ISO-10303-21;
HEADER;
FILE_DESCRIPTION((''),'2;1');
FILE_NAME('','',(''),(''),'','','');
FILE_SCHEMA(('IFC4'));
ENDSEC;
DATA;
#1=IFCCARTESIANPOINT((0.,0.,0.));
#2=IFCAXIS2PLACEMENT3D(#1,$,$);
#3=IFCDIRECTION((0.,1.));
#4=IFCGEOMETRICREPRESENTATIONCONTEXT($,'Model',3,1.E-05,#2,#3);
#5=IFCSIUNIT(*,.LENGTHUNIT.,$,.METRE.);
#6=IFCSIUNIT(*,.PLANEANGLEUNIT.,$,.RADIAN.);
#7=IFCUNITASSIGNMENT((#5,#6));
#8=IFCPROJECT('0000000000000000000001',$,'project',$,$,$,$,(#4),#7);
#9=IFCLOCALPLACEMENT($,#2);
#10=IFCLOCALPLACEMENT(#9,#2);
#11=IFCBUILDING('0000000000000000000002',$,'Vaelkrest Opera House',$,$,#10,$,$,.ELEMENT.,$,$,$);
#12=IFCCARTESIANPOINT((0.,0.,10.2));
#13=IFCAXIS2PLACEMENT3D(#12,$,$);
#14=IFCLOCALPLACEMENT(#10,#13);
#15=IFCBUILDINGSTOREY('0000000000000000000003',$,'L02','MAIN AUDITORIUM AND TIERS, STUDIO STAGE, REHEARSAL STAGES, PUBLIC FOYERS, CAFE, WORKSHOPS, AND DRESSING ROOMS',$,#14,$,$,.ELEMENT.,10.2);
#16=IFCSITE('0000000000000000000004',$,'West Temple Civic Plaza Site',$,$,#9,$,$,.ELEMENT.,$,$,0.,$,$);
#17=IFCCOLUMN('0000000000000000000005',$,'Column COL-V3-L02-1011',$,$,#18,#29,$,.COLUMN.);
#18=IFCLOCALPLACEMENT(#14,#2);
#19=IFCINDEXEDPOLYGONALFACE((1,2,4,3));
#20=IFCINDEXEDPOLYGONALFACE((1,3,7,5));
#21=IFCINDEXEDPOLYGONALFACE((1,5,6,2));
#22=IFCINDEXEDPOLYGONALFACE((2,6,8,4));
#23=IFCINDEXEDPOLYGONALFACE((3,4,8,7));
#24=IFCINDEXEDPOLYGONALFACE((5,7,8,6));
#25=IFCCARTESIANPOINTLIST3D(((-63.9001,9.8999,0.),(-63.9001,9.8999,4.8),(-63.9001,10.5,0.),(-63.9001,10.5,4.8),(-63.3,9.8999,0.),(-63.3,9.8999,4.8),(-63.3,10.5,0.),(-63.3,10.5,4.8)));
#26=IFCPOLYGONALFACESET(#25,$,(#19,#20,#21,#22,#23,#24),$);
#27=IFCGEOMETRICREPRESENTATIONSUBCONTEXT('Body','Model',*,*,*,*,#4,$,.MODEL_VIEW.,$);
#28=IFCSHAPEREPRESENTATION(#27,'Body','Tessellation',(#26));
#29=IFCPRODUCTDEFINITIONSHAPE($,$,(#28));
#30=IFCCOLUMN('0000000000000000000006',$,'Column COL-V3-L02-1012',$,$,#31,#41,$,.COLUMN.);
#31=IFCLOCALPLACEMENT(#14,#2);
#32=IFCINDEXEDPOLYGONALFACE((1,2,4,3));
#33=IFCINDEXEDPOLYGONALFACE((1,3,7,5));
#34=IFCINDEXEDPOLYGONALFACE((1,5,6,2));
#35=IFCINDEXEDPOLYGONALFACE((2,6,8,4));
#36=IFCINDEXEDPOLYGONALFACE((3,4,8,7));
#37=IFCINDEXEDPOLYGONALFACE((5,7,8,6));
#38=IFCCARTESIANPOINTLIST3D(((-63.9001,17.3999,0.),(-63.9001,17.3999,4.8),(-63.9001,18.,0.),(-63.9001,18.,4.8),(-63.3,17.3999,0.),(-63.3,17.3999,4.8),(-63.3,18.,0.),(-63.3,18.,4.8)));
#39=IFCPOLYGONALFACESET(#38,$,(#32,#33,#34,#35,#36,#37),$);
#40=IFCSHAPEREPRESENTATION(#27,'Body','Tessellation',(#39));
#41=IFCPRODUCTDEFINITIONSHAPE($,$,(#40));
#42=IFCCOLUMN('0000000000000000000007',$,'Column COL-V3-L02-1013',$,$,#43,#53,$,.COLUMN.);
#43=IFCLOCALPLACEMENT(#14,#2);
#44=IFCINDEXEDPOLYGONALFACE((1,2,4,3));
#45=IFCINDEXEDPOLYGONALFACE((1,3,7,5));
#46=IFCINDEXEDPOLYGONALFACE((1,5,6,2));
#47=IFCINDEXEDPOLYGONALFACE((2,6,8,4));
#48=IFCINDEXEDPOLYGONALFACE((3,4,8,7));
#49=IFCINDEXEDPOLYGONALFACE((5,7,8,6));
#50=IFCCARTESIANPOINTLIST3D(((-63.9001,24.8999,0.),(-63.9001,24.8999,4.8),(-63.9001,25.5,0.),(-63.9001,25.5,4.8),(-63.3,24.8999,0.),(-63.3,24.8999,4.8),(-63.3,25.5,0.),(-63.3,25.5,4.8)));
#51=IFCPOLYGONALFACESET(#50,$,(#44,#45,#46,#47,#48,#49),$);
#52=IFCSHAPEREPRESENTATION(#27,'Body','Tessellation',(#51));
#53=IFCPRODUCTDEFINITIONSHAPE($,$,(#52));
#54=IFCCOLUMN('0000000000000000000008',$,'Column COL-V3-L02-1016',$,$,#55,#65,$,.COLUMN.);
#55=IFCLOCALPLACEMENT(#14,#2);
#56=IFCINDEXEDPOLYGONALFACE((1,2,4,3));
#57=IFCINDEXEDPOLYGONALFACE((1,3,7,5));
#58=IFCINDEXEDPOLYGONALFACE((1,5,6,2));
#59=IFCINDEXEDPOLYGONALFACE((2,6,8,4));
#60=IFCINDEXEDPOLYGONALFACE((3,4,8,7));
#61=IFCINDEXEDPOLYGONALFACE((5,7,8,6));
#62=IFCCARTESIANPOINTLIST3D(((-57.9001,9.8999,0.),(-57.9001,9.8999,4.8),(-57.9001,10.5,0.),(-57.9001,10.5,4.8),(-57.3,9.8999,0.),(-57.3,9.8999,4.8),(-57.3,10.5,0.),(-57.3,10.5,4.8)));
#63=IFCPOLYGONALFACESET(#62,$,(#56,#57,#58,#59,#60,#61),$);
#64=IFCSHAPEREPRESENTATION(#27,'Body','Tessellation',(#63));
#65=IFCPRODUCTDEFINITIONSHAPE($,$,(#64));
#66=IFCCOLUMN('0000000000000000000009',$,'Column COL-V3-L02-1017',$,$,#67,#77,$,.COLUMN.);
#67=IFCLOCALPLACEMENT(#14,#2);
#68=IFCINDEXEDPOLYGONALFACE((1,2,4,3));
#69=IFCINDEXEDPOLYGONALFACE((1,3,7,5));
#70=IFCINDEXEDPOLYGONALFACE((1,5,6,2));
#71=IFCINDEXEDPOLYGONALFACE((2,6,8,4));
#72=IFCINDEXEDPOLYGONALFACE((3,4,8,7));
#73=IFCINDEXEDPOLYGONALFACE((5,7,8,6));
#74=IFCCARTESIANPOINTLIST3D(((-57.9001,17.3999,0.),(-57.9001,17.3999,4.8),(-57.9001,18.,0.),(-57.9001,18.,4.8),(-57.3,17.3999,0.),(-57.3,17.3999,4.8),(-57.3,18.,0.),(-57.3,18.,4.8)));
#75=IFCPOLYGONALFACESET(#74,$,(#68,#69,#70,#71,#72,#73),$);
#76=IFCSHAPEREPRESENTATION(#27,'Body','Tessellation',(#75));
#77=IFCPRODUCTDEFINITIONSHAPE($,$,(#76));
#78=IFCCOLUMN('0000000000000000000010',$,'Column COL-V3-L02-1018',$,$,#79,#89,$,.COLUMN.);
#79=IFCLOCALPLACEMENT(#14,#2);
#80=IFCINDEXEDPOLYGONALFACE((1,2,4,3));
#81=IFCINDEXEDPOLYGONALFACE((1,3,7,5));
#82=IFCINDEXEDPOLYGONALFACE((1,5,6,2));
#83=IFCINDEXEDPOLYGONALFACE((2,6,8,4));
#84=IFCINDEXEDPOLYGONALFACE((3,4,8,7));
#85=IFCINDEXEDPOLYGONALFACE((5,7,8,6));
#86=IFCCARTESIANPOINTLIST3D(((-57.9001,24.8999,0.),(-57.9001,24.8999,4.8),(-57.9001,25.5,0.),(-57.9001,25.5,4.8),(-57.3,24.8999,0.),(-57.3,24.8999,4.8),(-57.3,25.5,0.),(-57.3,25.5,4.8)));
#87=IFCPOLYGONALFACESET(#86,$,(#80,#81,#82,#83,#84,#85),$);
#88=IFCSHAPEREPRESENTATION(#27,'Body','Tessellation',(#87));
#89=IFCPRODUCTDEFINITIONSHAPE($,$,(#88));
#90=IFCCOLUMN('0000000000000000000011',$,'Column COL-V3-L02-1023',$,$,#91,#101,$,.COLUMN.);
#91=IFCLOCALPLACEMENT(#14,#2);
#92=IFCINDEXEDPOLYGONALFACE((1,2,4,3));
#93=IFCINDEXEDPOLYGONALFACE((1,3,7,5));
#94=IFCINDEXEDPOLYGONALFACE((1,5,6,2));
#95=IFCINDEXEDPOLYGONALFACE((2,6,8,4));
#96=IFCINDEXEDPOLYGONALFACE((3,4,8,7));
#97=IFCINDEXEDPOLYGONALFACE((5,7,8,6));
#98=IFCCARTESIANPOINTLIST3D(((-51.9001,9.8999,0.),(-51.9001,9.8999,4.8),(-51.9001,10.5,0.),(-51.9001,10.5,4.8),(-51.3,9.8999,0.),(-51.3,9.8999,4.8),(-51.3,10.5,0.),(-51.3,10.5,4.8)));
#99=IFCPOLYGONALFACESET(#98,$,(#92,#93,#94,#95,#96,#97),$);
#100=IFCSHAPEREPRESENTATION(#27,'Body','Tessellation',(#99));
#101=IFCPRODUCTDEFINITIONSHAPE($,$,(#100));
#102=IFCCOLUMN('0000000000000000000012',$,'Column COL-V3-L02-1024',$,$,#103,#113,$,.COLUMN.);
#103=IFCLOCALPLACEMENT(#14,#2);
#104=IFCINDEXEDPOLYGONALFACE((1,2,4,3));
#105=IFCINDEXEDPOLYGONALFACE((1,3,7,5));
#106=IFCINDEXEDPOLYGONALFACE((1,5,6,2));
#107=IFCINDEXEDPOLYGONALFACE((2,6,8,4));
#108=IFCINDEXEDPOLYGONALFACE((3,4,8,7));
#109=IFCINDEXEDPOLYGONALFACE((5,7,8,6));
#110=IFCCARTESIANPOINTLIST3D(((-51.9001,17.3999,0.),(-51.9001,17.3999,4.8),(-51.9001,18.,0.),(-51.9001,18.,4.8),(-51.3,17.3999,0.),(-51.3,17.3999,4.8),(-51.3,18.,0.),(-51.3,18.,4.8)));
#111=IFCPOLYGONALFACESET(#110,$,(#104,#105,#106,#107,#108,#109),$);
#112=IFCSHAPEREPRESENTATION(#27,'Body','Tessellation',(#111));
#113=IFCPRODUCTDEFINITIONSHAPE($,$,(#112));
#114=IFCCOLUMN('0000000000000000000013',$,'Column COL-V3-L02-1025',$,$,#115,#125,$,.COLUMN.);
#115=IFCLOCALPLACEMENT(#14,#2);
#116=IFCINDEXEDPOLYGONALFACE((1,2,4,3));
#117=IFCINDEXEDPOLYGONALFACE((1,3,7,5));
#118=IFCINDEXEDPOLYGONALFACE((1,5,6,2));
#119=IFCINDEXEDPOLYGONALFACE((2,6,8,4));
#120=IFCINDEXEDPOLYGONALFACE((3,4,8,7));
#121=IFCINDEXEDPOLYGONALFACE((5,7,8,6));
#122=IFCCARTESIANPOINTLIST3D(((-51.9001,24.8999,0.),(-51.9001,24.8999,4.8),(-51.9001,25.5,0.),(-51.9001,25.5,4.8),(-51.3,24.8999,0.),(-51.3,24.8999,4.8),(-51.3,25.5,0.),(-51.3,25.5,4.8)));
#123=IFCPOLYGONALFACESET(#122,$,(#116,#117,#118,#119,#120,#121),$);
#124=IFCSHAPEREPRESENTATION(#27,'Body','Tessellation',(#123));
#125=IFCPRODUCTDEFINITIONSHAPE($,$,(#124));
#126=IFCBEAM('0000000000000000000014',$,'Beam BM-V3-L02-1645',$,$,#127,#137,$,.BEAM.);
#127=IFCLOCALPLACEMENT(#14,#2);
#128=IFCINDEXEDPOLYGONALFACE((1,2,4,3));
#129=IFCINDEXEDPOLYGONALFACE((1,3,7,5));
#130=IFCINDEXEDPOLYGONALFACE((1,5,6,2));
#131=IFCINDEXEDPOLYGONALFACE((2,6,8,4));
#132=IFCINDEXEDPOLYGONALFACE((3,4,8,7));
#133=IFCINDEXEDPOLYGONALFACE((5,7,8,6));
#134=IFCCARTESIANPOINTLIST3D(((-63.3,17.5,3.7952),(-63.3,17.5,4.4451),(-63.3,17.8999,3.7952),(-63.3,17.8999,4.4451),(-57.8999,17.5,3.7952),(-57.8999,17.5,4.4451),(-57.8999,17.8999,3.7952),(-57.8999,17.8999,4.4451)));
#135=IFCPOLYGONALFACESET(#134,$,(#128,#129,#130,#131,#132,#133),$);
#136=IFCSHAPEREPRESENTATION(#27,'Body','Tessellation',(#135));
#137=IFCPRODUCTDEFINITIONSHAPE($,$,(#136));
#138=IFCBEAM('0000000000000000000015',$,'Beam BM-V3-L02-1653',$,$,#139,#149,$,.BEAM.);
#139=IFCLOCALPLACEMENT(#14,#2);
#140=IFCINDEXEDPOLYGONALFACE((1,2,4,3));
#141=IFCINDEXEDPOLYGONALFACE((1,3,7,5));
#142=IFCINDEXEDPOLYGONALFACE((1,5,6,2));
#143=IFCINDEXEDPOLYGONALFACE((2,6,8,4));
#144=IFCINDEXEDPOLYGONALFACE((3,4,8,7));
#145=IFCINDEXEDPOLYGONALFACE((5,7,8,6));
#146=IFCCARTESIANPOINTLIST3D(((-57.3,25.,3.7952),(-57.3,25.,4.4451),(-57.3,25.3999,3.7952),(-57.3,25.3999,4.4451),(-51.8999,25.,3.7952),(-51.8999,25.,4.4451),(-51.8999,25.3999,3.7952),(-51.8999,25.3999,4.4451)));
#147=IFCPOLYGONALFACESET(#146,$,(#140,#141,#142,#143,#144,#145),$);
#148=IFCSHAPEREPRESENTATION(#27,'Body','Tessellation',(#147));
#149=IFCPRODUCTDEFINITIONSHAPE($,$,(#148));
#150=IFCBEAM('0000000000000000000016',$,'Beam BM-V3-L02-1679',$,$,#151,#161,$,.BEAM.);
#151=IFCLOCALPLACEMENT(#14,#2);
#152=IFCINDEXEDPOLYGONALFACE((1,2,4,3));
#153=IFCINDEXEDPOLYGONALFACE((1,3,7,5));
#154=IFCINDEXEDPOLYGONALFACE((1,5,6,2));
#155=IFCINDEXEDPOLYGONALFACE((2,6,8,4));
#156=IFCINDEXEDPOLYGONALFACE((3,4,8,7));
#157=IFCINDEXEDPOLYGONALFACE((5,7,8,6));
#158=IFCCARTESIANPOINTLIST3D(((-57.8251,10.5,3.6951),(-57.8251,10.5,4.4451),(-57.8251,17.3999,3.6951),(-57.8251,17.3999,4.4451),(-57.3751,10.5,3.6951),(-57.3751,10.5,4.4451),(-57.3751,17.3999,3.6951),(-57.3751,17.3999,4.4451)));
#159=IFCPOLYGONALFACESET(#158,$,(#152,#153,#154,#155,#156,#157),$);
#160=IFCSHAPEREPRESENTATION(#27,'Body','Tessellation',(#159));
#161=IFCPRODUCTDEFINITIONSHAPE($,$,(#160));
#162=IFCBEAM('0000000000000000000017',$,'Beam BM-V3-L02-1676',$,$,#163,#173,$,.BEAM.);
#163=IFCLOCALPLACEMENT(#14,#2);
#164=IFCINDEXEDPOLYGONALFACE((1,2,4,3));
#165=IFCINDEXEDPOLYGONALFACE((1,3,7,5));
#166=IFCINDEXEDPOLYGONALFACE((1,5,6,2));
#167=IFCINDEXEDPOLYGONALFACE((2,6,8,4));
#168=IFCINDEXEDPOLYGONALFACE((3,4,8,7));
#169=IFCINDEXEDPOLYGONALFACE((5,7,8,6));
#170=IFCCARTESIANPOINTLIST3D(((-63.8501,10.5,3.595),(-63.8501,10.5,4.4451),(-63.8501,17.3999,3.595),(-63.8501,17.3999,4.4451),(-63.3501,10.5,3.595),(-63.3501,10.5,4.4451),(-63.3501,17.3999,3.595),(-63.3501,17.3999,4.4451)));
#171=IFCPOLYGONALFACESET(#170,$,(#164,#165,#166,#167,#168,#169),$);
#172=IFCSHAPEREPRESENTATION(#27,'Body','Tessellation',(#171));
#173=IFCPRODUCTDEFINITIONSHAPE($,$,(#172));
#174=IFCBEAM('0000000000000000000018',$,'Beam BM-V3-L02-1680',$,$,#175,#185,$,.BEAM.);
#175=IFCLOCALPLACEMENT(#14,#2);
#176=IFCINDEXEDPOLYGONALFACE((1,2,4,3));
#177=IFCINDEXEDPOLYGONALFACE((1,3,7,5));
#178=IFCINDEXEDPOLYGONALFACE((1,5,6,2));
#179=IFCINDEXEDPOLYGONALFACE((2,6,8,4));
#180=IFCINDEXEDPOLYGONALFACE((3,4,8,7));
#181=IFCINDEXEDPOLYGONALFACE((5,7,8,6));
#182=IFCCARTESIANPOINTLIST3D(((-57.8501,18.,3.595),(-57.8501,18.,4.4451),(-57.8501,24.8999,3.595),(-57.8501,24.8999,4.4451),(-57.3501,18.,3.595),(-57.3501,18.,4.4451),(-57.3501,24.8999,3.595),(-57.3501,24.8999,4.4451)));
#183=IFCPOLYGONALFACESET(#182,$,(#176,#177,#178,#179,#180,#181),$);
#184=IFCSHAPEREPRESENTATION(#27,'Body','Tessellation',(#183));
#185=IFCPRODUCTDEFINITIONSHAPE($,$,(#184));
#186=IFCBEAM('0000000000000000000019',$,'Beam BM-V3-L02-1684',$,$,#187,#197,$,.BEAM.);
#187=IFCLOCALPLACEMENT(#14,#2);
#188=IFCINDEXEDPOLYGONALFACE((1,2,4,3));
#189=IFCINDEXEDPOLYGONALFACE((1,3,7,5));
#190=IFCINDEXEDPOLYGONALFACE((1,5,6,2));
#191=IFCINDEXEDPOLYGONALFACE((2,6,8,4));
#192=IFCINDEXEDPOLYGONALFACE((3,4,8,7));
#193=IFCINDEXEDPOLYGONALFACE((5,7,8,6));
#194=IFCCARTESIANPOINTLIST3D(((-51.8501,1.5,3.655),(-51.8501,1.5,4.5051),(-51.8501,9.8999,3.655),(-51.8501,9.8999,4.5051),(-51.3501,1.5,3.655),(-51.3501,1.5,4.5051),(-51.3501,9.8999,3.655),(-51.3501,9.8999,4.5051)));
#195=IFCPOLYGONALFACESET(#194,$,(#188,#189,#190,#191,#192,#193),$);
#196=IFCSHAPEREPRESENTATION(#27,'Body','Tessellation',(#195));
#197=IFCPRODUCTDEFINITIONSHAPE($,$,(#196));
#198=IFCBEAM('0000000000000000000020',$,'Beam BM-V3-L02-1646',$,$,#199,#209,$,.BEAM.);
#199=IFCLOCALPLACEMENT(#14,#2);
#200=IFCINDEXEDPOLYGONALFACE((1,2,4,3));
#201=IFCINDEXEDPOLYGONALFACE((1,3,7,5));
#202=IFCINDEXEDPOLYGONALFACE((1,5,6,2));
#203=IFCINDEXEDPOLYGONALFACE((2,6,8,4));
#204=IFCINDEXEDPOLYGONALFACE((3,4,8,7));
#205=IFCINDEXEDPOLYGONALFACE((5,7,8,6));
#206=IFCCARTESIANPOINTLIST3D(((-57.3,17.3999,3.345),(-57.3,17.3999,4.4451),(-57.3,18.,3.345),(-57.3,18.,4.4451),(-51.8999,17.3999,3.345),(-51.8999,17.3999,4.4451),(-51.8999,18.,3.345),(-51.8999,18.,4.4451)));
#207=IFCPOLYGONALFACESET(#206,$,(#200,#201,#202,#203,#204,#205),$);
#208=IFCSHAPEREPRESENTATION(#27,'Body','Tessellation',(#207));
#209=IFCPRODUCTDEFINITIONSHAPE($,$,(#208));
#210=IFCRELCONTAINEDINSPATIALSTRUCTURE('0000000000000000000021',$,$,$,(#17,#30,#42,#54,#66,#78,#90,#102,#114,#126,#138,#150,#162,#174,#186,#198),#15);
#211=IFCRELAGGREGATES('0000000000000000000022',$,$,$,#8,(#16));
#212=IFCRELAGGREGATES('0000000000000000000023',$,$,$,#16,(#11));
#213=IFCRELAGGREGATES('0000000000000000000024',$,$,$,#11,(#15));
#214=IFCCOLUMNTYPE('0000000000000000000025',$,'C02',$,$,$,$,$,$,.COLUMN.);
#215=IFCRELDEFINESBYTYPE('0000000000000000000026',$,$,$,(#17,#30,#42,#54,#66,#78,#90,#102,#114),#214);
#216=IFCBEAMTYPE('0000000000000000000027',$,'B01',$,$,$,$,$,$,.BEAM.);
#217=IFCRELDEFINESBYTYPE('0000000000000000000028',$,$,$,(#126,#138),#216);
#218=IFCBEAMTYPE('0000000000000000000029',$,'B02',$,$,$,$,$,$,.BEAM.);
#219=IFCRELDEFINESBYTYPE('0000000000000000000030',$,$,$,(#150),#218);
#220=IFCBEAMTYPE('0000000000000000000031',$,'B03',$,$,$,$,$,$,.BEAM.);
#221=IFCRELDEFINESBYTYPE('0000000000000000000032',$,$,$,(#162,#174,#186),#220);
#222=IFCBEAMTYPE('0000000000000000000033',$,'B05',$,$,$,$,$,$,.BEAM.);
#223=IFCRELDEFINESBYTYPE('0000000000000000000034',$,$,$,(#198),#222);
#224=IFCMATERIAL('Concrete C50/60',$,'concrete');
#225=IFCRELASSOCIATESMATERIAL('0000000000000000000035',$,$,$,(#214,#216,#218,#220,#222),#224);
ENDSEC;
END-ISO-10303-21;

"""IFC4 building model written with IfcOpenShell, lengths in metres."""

from ifc_helpers import new_model, si_unit, direction, frame, origin, origin_2d, place, context, subcontext, project, spatial, rectangle, extrude, material, material_profile, profile_set, type_object, element, save


model = new_model("IFC4")

# Units and contexts
model_context = context("Model", 3, precision=1e-05, world=origin(), true_north=direction((0.0, 1.0)))
body_context = subcontext(model_context, "Body", "Model", "MODEL_VIEW")
ifc_project = project(units=[si_unit("LENGTHUNIT", "METRE"), si_unit("PLANEANGLEUNIT", "RADIAN")], contexts=[model_context])

# Site, building, storey
site_placement = place(None, origin())
site = spatial("IfcSite", under=ifc_project, at=site_placement, Name="West Temple Civic Plaza Site", CompositionType="ELEMENT", RefElevation=0.0)
building_placement = place(site_placement, origin())
building = spatial("IfcBuilding", under=site, at=building_placement, Name="Vaelkrest Opera House", CompositionType="ELEMENT")
storey_placement = place(building_placement, frame((0.0, 0.0, 10.2)))
storey = spatial("IfcBuildingStorey", under=building, at=storey_placement, Name="L02", Description="MAIN AUDITORIUM AND TIERS, STUDIO STAGE, REHEARSAL STAGES, PUBLIC FOYERS, CAFE, WORKSHOPS, AND DRESSING ROOMS", CompositionType="ELEMENT", Elevation=10.2)

# Columns
ifc_material_1 = material(Name="Concrete C50/60", Category="concrete")
ifc_material_profile_1 = material_profile(ifc_material_1, rectangle(XDim=0.6001, YDim=0.6001, at=origin_2d()), Name="RC600X600")
ifc_profile_set_1 = profile_set([ifc_material_profile_1], Name="Concrete C50/60")
column_type = type_object("IfcColumnType", Name="C02", PredefinedType="COLUMN", material=ifc_profile_set_1)
for number, where, z_axis, x_axis, name in (
    (1, (-63.6001, 10.2, 0.0), (0.0, 0.0, 1.0), (1.0, 0.0, 0.0), "Column COL-V3-L02-1011"),
    (2, (-63.6001, 17.7, 0.0), (0.0, 0.0, 1.0), (1.0, 0.0, 0.0), "Column COL-V3-L02-1012"),
    (3, (-63.6001, 25.2, 0.0), (0.0, 0.0, 1.0), (1.0, 0.0, 0.0), "Column COL-V3-L02-1013"),
    (4, (-57.6001, 10.2, 0.0), (0.0, 0.0, 1.0), (1.0, 0.0, 0.0), "Column COL-V3-L02-1016"),
    (5, (-57.6001, 17.7, 0.0), (0.0, 0.0, 1.0), (1.0, 0.0, 0.0), "Column COL-V3-L02-1017"),
    (6, (-57.6001, 25.2, 0.0), (0.0, 0.0, 1.0), (1.0, 0.0, 0.0), "Column COL-V3-L02-1018"),
    (7, (-51.6001, 10.2, 0.0), (0.0, 0.0, 1.0), (1.0, 0.0, 0.0), "Column COL-V3-L02-1023"),
    (8, (-51.6001, 17.7, 0.0), (0.0, 0.0, 1.0), (1.0, 0.0, 0.0), "Column COL-V3-L02-1024"),
    (9, (-51.6001, 25.2, 0.0), (0.0, 0.0, 1.0), (1.0, 0.0, 0.0), "Column COL-V3-L02-1025"),
):
    element("IfcColumn", number, at=place(storey_placement, frame(where, z_axis=z_axis, x_axis=x_axis)), inside=storey, type_object=column_type, Name=name, PredefinedType="COLUMN", context=body_context, shape_type="SweptSolid", body=[
        extrude(rectangle(XDim=0.6001, YDim=0.6001, at=origin_2d()), origin(), (0.0, 0.0, 1.0), 4.8),
    ])

# Beams
ifc_material_profile_2 = material_profile(ifc_material_1, rectangle(XDim=0.3999, YDim=0.6499, at=origin_2d()), Name="RCB400X650")
ifc_profile_set_2 = profile_set([ifc_material_profile_2], Name="Concrete C50/60")
beam_type_1 = type_object("IfcBeamType", Name="B01", PredefinedType="BEAM", material=ifc_profile_set_2)
for number, where, z_axis, x_axis, name in (
    (10, (-63.3, 17.7, 4.1201), (1.0, 0.0, 0.0), (0.0, 1.0, 0.0), "Beam BM-V3-L02-1645"),
    (11, (-57.3, 25.2, 4.1201), (1.0, 0.0, 0.0), (0.0, 1.0, 0.0), "Beam BM-V3-L02-1653"),
):
    element("IfcBeam", number, at=place(storey_placement, frame(where, z_axis=z_axis, x_axis=x_axis)), inside=storey, type_object=beam_type_1, Name=name, PredefinedType="BEAM", context=body_context, shape_type="SweptSolid", body=[
        extrude(rectangle(XDim=0.3999, YDim=0.6499, at=origin_2d()), origin(), (0.0, 0.0, 1.0), 5.4001),
    ])
ifc_material_profile_3 = material_profile(ifc_material_1, rectangle(XDim=0.45, YDim=0.75, at=origin_2d()), Name="RCB450X750")
ifc_profile_set_3 = profile_set([ifc_material_profile_3], Name="Concrete C50/60")
beam_type_2 = type_object("IfcBeamType", Name="B02", PredefinedType="BEAM", material=ifc_profile_set_3)
beam_1_placement = place(storey_placement, frame((-57.6001, 10.5, 4.0701), z_axis=(0.0, 1.0, 0.0), x_axis=(-1.0, 0.0, 0.0)))
element("IfcBeam", 12, at=beam_1_placement, inside=storey, type_object=beam_type_2, Name="Beam BM-V3-L02-1679", PredefinedType="BEAM", context=body_context, shape_type="SweptSolid", body=[
    extrude(rectangle(XDim=0.45, YDim=0.75, at=origin_2d()), origin(), (0.0, 0.0, 1.0), 6.8999),
])
ifc_material_profile_4 = material_profile(ifc_material_1, rectangle(XDim=0.5, YDim=0.8501, at=origin_2d()), Name="RCB500X850")
ifc_profile_set_4 = profile_set([ifc_material_profile_4], Name="Concrete C50/60")
beam_type_3 = type_object("IfcBeamType", Name="B03", PredefinedType="BEAM", material=ifc_profile_set_4)
for number, where, z_axis, x_axis, name in (
    (13, (-63.6001, 10.5, 4.02), (0.0, 1.0, 0.0), (-1.0, 0.0, 0.0), "Beam BM-V3-L02-1676"),
    (14, (-57.6001, 18.0, 4.02), (0.0, 1.0, 0.0), (-1.0, 0.0, 0.0), "Beam BM-V3-L02-1680"),
):
    element("IfcBeam", number, at=place(storey_placement, frame(where, z_axis=z_axis, x_axis=x_axis)), inside=storey, type_object=beam_type_3, Name=name, PredefinedType="BEAM", context=body_context, shape_type="SweptSolid", body=[
        extrude(rectangle(XDim=0.5, YDim=0.8501, at=origin_2d()), origin(), (0.0, 0.0, 1.0), 6.8999),
    ])
beam_2_placement = place(storey_placement, frame((-51.6001, 1.5, 4.0801), z_axis=(0.0, 1.0, 0.0), x_axis=(-1.0, 0.0, 0.0)))
element("IfcBeam", 15, at=beam_2_placement, inside=storey, type_object=beam_type_3, Name="Beam BM-V3-L02-1684", PredefinedType="BEAM", context=body_context, shape_type="SweptSolid", body=[
    extrude(rectangle(XDim=0.5, YDim=0.8501, at=origin_2d()), origin(), (0.0, 0.0, 1.0), 8.3999),
])
ifc_material_profile_5 = material_profile(ifc_material_1, rectangle(XDim=0.6001, YDim=1.1001, at=origin_2d()), Name="RCB600X1100")
ifc_profile_set_5 = profile_set([ifc_material_profile_5], Name="Concrete C50/60")
beam_type_4 = type_object("IfcBeamType", Name="B05", PredefinedType="BEAM", material=ifc_profile_set_5)
beam_3_placement = place(storey_placement, frame((-57.3, 17.7, 3.895), z_axis=(1.0, 0.0, 0.0), x_axis=(0.0, 1.0, 0.0)))
element("IfcBeam", 16, at=beam_3_placement, inside=storey, type_object=beam_type_4, Name="Beam BM-V3-L02-1646", PredefinedType="BEAM", context=body_context, shape_type="SweptSolid", body=[
    extrude(rectangle(XDim=0.6001, YDim=1.1001, at=origin_2d()), origin(), (0.0, 0.0, 1.0), 5.4001),
])

save(model, "model.ifc")
